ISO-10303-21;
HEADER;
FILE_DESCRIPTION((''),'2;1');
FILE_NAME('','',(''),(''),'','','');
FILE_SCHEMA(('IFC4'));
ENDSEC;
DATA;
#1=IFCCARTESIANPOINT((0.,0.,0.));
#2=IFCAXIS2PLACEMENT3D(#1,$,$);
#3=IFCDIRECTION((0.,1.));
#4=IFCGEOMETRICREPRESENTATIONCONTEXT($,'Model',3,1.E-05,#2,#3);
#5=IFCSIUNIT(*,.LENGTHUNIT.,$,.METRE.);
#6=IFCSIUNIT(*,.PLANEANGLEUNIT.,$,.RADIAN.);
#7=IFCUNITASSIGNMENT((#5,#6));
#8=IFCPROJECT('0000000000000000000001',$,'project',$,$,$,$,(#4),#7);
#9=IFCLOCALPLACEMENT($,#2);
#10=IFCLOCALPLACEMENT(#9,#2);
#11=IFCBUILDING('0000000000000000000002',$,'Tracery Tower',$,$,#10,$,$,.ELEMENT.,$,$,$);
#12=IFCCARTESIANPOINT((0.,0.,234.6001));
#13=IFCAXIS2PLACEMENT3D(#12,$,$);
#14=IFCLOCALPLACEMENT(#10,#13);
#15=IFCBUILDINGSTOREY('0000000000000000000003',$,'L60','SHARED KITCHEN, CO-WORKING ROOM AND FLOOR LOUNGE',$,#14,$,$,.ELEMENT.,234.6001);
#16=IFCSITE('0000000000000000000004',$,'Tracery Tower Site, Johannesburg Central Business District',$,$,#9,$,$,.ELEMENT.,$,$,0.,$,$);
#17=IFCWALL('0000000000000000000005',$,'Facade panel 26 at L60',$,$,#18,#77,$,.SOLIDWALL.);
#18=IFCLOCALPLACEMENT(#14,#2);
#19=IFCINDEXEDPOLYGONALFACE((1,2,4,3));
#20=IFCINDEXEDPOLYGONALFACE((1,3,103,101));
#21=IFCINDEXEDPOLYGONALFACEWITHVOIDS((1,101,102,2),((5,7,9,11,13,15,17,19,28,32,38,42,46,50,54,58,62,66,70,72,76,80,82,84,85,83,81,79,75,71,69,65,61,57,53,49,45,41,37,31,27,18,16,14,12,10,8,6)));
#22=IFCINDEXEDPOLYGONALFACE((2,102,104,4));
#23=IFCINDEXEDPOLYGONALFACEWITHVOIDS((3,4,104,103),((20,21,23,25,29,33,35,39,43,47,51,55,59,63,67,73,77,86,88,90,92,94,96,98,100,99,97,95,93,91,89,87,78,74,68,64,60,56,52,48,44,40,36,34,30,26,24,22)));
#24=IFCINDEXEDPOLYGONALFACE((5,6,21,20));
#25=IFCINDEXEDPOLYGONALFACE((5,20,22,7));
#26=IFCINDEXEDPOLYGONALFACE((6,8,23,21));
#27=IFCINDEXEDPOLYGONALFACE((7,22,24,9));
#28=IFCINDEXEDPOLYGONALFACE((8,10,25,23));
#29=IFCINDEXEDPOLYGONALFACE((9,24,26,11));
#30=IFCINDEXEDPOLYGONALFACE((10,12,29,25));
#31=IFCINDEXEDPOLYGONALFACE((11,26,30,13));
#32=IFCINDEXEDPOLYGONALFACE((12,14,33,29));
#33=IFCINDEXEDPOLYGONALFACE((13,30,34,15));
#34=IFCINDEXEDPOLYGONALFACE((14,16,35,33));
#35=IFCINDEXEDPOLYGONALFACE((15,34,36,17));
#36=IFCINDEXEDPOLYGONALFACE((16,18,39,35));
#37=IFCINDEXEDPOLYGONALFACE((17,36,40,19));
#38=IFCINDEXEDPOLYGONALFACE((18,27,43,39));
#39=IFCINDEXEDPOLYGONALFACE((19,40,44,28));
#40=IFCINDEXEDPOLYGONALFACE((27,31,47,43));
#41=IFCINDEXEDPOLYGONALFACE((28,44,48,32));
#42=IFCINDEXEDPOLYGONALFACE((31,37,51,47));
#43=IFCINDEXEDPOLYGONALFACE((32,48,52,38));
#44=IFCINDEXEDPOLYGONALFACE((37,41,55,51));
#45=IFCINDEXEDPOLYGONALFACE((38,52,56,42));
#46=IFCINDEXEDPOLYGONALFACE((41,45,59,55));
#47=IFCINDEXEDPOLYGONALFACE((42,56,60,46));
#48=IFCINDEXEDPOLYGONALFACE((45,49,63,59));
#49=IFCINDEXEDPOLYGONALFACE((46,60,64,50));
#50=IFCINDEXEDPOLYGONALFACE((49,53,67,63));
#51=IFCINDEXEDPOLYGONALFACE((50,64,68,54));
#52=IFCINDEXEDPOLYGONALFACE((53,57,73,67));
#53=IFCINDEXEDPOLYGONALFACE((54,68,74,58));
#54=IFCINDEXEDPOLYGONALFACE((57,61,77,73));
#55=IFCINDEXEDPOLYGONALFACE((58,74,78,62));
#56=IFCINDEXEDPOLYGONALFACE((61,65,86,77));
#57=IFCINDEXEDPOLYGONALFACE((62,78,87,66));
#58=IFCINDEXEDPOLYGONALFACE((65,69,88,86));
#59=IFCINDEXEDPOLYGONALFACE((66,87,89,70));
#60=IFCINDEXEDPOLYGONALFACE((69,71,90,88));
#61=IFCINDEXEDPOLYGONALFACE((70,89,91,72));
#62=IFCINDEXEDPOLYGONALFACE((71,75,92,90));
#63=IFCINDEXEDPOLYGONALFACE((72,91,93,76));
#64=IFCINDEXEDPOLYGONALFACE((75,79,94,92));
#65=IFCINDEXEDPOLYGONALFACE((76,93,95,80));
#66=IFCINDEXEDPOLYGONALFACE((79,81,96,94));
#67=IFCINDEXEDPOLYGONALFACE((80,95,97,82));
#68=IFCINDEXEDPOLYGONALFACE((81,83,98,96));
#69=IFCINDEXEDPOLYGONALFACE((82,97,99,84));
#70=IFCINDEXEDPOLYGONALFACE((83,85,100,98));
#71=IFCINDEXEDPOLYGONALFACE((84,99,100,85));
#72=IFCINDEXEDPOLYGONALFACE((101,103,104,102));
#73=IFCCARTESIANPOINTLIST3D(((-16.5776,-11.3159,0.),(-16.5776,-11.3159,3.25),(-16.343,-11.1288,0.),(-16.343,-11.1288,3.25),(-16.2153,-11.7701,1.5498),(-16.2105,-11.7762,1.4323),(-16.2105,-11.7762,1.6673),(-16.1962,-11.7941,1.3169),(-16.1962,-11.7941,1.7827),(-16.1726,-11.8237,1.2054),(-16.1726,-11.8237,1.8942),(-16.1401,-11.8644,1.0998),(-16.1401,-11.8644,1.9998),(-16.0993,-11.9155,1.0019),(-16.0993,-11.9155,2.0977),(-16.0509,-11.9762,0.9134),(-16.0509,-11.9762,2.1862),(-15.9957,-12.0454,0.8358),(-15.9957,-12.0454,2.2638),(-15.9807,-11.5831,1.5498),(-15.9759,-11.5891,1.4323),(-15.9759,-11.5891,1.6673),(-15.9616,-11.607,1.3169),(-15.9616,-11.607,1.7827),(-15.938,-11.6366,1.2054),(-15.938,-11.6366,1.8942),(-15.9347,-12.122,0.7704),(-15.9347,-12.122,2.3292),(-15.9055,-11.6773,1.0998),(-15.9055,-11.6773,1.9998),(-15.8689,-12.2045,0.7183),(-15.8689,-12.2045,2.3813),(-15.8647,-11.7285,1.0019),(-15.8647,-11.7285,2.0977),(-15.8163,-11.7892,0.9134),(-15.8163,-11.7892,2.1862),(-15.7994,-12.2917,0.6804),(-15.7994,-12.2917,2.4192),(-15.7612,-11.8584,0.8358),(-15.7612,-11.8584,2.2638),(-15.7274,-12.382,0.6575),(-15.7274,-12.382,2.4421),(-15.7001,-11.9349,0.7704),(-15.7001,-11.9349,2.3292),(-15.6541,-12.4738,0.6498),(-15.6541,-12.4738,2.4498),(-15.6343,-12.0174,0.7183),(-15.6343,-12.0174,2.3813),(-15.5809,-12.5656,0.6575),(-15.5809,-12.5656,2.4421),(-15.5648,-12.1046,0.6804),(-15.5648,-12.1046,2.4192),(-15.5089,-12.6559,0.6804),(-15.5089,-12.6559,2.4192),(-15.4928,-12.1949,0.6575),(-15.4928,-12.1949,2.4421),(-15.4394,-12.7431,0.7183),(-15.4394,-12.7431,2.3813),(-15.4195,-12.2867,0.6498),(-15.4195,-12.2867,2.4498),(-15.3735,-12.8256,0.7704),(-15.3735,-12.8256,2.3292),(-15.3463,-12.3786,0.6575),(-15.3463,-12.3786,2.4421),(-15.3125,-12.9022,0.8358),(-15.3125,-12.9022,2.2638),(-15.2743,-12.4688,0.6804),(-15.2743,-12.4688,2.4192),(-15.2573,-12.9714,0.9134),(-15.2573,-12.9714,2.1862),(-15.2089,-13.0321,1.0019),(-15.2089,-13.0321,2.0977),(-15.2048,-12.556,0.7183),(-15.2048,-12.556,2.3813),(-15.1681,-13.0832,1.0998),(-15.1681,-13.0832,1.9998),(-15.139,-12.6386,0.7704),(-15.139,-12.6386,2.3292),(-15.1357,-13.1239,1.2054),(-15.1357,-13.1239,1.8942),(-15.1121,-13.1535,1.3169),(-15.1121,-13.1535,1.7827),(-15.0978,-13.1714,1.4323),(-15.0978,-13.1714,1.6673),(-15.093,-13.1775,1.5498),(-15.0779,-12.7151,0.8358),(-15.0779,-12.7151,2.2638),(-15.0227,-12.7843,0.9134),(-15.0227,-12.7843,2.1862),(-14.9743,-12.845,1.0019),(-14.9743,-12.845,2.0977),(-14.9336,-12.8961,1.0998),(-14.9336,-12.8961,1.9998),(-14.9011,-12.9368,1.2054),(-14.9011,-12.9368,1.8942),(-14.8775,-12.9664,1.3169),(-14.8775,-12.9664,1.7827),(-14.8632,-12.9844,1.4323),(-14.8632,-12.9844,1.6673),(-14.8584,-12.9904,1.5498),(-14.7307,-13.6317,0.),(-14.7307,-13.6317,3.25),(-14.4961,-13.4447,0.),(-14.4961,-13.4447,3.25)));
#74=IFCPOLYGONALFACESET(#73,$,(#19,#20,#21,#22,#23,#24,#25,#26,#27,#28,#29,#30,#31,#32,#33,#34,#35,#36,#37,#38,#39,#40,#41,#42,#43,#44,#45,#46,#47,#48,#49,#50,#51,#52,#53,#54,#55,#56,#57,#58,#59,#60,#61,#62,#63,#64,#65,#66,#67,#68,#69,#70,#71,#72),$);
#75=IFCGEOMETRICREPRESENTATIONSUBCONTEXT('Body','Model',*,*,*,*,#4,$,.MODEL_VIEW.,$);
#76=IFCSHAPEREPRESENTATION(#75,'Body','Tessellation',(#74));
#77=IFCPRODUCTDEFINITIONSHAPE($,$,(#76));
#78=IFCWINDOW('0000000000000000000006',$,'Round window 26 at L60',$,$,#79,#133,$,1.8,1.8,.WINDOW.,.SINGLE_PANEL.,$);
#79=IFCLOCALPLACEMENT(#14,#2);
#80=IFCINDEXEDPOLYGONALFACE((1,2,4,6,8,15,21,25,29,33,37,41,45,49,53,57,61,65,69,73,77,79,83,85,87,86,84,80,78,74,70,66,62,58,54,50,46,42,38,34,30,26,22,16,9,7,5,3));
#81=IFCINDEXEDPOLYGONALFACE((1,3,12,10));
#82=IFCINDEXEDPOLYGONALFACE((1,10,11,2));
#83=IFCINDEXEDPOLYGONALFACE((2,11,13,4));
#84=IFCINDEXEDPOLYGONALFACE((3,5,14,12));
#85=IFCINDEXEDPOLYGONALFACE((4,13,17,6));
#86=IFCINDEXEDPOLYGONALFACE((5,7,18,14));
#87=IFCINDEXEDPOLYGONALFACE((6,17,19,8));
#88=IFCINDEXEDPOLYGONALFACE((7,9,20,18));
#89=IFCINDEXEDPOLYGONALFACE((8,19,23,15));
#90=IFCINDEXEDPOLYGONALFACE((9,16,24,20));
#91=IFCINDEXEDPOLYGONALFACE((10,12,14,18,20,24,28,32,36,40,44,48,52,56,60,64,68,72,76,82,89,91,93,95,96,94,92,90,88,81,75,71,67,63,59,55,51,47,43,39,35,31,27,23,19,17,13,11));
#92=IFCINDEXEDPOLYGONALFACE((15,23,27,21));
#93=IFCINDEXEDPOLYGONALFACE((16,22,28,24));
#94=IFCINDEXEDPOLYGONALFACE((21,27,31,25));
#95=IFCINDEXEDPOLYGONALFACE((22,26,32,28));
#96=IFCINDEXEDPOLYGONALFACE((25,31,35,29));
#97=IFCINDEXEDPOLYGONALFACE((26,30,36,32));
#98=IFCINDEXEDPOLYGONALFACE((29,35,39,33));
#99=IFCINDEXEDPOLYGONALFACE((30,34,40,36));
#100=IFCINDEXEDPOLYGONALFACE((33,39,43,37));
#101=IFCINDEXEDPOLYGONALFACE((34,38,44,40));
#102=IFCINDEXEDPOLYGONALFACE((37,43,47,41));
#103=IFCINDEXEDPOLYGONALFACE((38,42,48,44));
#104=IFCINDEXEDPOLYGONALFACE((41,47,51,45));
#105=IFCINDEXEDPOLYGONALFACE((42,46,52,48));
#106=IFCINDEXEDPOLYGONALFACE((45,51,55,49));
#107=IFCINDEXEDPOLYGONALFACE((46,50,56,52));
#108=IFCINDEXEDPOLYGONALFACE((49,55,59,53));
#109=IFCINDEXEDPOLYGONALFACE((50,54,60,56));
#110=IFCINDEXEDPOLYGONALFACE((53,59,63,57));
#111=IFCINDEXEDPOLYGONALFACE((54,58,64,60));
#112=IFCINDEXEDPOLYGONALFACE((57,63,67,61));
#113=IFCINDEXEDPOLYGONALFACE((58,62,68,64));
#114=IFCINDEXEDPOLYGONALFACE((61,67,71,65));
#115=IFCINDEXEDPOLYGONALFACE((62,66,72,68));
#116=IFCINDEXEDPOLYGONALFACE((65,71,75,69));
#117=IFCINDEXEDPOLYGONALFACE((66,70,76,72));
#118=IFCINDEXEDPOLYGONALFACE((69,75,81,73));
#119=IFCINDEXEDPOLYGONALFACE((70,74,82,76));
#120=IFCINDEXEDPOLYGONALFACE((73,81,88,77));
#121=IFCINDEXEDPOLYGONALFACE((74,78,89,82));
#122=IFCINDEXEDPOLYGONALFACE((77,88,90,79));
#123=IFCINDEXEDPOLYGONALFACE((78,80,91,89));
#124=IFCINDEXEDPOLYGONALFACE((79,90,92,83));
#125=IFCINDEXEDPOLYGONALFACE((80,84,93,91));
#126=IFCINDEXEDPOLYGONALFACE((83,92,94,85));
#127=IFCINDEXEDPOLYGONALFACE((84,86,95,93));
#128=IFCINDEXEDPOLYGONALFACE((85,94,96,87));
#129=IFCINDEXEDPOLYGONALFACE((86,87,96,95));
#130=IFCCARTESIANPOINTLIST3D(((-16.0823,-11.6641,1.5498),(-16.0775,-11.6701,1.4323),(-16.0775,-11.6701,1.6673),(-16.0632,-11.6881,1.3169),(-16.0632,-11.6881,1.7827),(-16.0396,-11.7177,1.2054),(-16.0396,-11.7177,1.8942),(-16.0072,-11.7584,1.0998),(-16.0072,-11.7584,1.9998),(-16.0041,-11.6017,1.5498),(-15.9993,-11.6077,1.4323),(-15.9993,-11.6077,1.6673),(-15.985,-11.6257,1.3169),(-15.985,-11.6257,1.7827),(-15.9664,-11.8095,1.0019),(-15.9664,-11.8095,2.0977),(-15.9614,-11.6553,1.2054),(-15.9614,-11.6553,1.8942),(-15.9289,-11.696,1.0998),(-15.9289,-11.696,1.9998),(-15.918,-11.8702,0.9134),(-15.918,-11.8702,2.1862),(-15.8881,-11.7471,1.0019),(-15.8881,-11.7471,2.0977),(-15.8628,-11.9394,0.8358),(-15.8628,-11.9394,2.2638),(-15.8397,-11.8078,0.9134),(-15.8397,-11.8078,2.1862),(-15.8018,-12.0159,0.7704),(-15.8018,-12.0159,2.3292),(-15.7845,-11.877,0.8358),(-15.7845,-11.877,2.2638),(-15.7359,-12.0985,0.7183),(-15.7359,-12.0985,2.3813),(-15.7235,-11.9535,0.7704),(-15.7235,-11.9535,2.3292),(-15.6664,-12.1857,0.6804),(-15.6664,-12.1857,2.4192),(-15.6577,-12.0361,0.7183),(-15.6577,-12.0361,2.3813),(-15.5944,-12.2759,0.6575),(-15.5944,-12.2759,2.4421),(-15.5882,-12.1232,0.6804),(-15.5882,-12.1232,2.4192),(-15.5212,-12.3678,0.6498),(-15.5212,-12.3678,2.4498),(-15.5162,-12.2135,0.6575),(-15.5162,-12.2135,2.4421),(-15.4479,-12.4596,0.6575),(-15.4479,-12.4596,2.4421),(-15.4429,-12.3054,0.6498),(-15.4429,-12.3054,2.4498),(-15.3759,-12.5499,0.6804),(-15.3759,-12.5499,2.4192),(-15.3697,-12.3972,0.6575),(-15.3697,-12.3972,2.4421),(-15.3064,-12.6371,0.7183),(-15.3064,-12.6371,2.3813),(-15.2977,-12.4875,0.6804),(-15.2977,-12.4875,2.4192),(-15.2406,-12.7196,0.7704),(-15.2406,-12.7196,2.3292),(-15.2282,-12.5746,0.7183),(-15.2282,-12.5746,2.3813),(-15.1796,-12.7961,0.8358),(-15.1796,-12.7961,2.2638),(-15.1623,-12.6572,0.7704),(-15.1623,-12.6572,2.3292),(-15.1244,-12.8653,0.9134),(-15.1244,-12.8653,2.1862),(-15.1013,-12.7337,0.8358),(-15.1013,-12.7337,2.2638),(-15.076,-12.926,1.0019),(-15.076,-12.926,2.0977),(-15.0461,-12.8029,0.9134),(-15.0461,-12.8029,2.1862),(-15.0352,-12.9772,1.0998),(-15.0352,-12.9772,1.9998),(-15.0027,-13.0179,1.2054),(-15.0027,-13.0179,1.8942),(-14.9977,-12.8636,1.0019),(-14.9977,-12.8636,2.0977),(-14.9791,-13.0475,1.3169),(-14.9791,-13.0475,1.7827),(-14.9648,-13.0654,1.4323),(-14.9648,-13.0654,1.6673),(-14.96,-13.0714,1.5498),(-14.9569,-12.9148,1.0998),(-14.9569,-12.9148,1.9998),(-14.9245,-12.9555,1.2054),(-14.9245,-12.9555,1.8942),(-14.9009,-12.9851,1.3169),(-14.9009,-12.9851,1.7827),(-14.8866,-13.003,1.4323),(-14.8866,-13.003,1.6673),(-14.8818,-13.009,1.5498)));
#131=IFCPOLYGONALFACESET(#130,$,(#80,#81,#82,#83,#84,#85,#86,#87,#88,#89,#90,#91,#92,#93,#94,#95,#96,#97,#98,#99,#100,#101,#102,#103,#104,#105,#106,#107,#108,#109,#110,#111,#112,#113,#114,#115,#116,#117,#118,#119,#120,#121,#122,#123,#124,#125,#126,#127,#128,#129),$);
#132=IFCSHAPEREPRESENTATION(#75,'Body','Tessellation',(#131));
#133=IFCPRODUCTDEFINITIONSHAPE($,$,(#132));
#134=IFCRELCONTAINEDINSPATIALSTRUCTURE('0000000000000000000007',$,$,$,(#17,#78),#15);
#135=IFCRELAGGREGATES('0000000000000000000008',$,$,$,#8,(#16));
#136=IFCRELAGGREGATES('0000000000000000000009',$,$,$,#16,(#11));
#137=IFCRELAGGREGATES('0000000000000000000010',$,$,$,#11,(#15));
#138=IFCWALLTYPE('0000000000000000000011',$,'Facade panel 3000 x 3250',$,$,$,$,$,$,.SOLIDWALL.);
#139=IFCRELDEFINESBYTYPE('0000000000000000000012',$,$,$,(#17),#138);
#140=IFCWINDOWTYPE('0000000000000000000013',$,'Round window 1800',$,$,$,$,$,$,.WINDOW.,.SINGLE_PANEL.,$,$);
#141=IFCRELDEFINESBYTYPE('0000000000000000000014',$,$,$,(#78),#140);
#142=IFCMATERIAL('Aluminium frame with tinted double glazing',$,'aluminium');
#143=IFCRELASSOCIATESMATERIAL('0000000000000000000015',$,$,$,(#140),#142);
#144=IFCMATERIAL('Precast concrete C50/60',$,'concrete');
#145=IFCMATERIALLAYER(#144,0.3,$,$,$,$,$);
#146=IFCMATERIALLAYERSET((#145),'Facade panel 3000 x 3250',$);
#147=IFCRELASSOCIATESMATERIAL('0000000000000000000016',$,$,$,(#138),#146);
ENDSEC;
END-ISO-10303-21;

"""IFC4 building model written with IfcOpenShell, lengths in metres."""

from ifc_helpers import new_model, si_unit, direction, frame, frame_2d, origin, origin_2d, place, context, subcontext, project, spatial, rectangle, circle, extrude, material, layer, layer_set, type_object, element, fill, save


model = new_model("IFC4")

# Units and contexts
model_context = context("Model", 3, precision=1e-05, world=origin(), true_north=direction((0.0, 1.0)))
body_context = subcontext(model_context, "Body", "Model", "MODEL_VIEW")
ifc_project = project(units=[si_unit("LENGTHUNIT", "METRE"), si_unit("PLANEANGLEUNIT", "RADIAN")], contexts=[model_context])

# Site, building, storey
site_placement = place(None, origin())
site = spatial("IfcSite", under=ifc_project, at=site_placement, Name="Tracery Tower Site, Johannesburg Central Business District", CompositionType="ELEMENT", RefElevation=0.0)
building_placement = place(site_placement, origin())
building = spatial("IfcBuilding", under=site, at=building_placement, Name="Tracery Tower", CompositionType="ELEMENT")
storey_placement = place(building_placement, frame((0.0, 0.0, 234.6001)))
storey = spatial("IfcBuildingStorey", under=building, at=storey_placement, Name="L60", Description="SHARED KITCHEN, CO-WORKING ROOM AND FLOOR LOUNGE", CompositionType="ELEMENT", Elevation=234.6001)

# Wall, opening, window
ifc_material_1 = material(Name="Aluminium frame with tinted double glazing", Category="aluminium")
window_type = type_object("IfcWindowType", Name="Round window 1800", PartitioningType="SINGLE_PANEL", PredefinedType="WINDOW", material=ifc_material_1)
ifc_material_2 = material(Name="Precast concrete C50/60", Category="concrete")
ifc_layer_1 = layer(ifc_material_2, 0.3)
ifc_layer_set_1 = layer_set([ifc_layer_1], Name="Facade panel 3000 x 3250")
wall_type_1 = type_object("IfcWallType", Name="Facade panel 3000 x 3250", PredefinedType="SOLIDWALL", material=ifc_layer_set_1)
wall_1_placement = place(storey_placement, frame((-16.4602, -11.2224, 0.0), z_axis=(0.0, 0.0, 1.0), x_axis=(0.623498, -0.781825, 0.0)))
wall_1 = element("IfcWall", 1, at=wall_1_placement, inside=storey, type_object=wall_type_1, Name="Facade panel 26 at L60", PredefinedType="SOLIDWALL", context=body_context, shape_type="SweptSolid", body=[
    extrude(rectangle(XDim=2.9622, YDim=0.3, at=frame_2d((1.481, 0.0))), origin(), (0.0, 0.0, 1.0), 3.25),
])
opening_1_placement = place(wall_1_placement, frame((1.481, 0.0, 1.5498)))
opening_1 = element("IfcOpeningElement", 2, at=opening_1_placement, cuts=wall_1, PredefinedType="OPENING", context=body_context, shape_type="SweptSolid", body=[
    extrude(circle(Radius=0.9, at=origin_2d()), frame((0.0, 0.1599, 0.0), z_axis=(0.0, -1.0, 0.0), x_axis=(1.0, 0.0, 0.0)), (0.0, 0.0, 1.0), 0.3201),
])
window_1_placement = place(opening_1_placement, origin())
window_1 = element("IfcWindow", 3, at=window_1_placement, inside=storey, type_object=window_type, Name="Round window 26 at L60", OverallHeight=1.8, OverallWidth=1.8, PartitioningType="SINGLE_PANEL", PredefinedType="WINDOW", context=body_context, shape_type="SweptSolid", body=[
    extrude(circle(Radius=0.9, at=origin_2d()), frame((0.0, 0.1201, 0.0), z_axis=(0.0, -1.0, 0.0), x_axis=(1.0, 0.0, 0.0)), (0.0, 0.0, 1.0), 0.1001),
])
fill(opening_1, window_1)

save(model, "model.ifc")
